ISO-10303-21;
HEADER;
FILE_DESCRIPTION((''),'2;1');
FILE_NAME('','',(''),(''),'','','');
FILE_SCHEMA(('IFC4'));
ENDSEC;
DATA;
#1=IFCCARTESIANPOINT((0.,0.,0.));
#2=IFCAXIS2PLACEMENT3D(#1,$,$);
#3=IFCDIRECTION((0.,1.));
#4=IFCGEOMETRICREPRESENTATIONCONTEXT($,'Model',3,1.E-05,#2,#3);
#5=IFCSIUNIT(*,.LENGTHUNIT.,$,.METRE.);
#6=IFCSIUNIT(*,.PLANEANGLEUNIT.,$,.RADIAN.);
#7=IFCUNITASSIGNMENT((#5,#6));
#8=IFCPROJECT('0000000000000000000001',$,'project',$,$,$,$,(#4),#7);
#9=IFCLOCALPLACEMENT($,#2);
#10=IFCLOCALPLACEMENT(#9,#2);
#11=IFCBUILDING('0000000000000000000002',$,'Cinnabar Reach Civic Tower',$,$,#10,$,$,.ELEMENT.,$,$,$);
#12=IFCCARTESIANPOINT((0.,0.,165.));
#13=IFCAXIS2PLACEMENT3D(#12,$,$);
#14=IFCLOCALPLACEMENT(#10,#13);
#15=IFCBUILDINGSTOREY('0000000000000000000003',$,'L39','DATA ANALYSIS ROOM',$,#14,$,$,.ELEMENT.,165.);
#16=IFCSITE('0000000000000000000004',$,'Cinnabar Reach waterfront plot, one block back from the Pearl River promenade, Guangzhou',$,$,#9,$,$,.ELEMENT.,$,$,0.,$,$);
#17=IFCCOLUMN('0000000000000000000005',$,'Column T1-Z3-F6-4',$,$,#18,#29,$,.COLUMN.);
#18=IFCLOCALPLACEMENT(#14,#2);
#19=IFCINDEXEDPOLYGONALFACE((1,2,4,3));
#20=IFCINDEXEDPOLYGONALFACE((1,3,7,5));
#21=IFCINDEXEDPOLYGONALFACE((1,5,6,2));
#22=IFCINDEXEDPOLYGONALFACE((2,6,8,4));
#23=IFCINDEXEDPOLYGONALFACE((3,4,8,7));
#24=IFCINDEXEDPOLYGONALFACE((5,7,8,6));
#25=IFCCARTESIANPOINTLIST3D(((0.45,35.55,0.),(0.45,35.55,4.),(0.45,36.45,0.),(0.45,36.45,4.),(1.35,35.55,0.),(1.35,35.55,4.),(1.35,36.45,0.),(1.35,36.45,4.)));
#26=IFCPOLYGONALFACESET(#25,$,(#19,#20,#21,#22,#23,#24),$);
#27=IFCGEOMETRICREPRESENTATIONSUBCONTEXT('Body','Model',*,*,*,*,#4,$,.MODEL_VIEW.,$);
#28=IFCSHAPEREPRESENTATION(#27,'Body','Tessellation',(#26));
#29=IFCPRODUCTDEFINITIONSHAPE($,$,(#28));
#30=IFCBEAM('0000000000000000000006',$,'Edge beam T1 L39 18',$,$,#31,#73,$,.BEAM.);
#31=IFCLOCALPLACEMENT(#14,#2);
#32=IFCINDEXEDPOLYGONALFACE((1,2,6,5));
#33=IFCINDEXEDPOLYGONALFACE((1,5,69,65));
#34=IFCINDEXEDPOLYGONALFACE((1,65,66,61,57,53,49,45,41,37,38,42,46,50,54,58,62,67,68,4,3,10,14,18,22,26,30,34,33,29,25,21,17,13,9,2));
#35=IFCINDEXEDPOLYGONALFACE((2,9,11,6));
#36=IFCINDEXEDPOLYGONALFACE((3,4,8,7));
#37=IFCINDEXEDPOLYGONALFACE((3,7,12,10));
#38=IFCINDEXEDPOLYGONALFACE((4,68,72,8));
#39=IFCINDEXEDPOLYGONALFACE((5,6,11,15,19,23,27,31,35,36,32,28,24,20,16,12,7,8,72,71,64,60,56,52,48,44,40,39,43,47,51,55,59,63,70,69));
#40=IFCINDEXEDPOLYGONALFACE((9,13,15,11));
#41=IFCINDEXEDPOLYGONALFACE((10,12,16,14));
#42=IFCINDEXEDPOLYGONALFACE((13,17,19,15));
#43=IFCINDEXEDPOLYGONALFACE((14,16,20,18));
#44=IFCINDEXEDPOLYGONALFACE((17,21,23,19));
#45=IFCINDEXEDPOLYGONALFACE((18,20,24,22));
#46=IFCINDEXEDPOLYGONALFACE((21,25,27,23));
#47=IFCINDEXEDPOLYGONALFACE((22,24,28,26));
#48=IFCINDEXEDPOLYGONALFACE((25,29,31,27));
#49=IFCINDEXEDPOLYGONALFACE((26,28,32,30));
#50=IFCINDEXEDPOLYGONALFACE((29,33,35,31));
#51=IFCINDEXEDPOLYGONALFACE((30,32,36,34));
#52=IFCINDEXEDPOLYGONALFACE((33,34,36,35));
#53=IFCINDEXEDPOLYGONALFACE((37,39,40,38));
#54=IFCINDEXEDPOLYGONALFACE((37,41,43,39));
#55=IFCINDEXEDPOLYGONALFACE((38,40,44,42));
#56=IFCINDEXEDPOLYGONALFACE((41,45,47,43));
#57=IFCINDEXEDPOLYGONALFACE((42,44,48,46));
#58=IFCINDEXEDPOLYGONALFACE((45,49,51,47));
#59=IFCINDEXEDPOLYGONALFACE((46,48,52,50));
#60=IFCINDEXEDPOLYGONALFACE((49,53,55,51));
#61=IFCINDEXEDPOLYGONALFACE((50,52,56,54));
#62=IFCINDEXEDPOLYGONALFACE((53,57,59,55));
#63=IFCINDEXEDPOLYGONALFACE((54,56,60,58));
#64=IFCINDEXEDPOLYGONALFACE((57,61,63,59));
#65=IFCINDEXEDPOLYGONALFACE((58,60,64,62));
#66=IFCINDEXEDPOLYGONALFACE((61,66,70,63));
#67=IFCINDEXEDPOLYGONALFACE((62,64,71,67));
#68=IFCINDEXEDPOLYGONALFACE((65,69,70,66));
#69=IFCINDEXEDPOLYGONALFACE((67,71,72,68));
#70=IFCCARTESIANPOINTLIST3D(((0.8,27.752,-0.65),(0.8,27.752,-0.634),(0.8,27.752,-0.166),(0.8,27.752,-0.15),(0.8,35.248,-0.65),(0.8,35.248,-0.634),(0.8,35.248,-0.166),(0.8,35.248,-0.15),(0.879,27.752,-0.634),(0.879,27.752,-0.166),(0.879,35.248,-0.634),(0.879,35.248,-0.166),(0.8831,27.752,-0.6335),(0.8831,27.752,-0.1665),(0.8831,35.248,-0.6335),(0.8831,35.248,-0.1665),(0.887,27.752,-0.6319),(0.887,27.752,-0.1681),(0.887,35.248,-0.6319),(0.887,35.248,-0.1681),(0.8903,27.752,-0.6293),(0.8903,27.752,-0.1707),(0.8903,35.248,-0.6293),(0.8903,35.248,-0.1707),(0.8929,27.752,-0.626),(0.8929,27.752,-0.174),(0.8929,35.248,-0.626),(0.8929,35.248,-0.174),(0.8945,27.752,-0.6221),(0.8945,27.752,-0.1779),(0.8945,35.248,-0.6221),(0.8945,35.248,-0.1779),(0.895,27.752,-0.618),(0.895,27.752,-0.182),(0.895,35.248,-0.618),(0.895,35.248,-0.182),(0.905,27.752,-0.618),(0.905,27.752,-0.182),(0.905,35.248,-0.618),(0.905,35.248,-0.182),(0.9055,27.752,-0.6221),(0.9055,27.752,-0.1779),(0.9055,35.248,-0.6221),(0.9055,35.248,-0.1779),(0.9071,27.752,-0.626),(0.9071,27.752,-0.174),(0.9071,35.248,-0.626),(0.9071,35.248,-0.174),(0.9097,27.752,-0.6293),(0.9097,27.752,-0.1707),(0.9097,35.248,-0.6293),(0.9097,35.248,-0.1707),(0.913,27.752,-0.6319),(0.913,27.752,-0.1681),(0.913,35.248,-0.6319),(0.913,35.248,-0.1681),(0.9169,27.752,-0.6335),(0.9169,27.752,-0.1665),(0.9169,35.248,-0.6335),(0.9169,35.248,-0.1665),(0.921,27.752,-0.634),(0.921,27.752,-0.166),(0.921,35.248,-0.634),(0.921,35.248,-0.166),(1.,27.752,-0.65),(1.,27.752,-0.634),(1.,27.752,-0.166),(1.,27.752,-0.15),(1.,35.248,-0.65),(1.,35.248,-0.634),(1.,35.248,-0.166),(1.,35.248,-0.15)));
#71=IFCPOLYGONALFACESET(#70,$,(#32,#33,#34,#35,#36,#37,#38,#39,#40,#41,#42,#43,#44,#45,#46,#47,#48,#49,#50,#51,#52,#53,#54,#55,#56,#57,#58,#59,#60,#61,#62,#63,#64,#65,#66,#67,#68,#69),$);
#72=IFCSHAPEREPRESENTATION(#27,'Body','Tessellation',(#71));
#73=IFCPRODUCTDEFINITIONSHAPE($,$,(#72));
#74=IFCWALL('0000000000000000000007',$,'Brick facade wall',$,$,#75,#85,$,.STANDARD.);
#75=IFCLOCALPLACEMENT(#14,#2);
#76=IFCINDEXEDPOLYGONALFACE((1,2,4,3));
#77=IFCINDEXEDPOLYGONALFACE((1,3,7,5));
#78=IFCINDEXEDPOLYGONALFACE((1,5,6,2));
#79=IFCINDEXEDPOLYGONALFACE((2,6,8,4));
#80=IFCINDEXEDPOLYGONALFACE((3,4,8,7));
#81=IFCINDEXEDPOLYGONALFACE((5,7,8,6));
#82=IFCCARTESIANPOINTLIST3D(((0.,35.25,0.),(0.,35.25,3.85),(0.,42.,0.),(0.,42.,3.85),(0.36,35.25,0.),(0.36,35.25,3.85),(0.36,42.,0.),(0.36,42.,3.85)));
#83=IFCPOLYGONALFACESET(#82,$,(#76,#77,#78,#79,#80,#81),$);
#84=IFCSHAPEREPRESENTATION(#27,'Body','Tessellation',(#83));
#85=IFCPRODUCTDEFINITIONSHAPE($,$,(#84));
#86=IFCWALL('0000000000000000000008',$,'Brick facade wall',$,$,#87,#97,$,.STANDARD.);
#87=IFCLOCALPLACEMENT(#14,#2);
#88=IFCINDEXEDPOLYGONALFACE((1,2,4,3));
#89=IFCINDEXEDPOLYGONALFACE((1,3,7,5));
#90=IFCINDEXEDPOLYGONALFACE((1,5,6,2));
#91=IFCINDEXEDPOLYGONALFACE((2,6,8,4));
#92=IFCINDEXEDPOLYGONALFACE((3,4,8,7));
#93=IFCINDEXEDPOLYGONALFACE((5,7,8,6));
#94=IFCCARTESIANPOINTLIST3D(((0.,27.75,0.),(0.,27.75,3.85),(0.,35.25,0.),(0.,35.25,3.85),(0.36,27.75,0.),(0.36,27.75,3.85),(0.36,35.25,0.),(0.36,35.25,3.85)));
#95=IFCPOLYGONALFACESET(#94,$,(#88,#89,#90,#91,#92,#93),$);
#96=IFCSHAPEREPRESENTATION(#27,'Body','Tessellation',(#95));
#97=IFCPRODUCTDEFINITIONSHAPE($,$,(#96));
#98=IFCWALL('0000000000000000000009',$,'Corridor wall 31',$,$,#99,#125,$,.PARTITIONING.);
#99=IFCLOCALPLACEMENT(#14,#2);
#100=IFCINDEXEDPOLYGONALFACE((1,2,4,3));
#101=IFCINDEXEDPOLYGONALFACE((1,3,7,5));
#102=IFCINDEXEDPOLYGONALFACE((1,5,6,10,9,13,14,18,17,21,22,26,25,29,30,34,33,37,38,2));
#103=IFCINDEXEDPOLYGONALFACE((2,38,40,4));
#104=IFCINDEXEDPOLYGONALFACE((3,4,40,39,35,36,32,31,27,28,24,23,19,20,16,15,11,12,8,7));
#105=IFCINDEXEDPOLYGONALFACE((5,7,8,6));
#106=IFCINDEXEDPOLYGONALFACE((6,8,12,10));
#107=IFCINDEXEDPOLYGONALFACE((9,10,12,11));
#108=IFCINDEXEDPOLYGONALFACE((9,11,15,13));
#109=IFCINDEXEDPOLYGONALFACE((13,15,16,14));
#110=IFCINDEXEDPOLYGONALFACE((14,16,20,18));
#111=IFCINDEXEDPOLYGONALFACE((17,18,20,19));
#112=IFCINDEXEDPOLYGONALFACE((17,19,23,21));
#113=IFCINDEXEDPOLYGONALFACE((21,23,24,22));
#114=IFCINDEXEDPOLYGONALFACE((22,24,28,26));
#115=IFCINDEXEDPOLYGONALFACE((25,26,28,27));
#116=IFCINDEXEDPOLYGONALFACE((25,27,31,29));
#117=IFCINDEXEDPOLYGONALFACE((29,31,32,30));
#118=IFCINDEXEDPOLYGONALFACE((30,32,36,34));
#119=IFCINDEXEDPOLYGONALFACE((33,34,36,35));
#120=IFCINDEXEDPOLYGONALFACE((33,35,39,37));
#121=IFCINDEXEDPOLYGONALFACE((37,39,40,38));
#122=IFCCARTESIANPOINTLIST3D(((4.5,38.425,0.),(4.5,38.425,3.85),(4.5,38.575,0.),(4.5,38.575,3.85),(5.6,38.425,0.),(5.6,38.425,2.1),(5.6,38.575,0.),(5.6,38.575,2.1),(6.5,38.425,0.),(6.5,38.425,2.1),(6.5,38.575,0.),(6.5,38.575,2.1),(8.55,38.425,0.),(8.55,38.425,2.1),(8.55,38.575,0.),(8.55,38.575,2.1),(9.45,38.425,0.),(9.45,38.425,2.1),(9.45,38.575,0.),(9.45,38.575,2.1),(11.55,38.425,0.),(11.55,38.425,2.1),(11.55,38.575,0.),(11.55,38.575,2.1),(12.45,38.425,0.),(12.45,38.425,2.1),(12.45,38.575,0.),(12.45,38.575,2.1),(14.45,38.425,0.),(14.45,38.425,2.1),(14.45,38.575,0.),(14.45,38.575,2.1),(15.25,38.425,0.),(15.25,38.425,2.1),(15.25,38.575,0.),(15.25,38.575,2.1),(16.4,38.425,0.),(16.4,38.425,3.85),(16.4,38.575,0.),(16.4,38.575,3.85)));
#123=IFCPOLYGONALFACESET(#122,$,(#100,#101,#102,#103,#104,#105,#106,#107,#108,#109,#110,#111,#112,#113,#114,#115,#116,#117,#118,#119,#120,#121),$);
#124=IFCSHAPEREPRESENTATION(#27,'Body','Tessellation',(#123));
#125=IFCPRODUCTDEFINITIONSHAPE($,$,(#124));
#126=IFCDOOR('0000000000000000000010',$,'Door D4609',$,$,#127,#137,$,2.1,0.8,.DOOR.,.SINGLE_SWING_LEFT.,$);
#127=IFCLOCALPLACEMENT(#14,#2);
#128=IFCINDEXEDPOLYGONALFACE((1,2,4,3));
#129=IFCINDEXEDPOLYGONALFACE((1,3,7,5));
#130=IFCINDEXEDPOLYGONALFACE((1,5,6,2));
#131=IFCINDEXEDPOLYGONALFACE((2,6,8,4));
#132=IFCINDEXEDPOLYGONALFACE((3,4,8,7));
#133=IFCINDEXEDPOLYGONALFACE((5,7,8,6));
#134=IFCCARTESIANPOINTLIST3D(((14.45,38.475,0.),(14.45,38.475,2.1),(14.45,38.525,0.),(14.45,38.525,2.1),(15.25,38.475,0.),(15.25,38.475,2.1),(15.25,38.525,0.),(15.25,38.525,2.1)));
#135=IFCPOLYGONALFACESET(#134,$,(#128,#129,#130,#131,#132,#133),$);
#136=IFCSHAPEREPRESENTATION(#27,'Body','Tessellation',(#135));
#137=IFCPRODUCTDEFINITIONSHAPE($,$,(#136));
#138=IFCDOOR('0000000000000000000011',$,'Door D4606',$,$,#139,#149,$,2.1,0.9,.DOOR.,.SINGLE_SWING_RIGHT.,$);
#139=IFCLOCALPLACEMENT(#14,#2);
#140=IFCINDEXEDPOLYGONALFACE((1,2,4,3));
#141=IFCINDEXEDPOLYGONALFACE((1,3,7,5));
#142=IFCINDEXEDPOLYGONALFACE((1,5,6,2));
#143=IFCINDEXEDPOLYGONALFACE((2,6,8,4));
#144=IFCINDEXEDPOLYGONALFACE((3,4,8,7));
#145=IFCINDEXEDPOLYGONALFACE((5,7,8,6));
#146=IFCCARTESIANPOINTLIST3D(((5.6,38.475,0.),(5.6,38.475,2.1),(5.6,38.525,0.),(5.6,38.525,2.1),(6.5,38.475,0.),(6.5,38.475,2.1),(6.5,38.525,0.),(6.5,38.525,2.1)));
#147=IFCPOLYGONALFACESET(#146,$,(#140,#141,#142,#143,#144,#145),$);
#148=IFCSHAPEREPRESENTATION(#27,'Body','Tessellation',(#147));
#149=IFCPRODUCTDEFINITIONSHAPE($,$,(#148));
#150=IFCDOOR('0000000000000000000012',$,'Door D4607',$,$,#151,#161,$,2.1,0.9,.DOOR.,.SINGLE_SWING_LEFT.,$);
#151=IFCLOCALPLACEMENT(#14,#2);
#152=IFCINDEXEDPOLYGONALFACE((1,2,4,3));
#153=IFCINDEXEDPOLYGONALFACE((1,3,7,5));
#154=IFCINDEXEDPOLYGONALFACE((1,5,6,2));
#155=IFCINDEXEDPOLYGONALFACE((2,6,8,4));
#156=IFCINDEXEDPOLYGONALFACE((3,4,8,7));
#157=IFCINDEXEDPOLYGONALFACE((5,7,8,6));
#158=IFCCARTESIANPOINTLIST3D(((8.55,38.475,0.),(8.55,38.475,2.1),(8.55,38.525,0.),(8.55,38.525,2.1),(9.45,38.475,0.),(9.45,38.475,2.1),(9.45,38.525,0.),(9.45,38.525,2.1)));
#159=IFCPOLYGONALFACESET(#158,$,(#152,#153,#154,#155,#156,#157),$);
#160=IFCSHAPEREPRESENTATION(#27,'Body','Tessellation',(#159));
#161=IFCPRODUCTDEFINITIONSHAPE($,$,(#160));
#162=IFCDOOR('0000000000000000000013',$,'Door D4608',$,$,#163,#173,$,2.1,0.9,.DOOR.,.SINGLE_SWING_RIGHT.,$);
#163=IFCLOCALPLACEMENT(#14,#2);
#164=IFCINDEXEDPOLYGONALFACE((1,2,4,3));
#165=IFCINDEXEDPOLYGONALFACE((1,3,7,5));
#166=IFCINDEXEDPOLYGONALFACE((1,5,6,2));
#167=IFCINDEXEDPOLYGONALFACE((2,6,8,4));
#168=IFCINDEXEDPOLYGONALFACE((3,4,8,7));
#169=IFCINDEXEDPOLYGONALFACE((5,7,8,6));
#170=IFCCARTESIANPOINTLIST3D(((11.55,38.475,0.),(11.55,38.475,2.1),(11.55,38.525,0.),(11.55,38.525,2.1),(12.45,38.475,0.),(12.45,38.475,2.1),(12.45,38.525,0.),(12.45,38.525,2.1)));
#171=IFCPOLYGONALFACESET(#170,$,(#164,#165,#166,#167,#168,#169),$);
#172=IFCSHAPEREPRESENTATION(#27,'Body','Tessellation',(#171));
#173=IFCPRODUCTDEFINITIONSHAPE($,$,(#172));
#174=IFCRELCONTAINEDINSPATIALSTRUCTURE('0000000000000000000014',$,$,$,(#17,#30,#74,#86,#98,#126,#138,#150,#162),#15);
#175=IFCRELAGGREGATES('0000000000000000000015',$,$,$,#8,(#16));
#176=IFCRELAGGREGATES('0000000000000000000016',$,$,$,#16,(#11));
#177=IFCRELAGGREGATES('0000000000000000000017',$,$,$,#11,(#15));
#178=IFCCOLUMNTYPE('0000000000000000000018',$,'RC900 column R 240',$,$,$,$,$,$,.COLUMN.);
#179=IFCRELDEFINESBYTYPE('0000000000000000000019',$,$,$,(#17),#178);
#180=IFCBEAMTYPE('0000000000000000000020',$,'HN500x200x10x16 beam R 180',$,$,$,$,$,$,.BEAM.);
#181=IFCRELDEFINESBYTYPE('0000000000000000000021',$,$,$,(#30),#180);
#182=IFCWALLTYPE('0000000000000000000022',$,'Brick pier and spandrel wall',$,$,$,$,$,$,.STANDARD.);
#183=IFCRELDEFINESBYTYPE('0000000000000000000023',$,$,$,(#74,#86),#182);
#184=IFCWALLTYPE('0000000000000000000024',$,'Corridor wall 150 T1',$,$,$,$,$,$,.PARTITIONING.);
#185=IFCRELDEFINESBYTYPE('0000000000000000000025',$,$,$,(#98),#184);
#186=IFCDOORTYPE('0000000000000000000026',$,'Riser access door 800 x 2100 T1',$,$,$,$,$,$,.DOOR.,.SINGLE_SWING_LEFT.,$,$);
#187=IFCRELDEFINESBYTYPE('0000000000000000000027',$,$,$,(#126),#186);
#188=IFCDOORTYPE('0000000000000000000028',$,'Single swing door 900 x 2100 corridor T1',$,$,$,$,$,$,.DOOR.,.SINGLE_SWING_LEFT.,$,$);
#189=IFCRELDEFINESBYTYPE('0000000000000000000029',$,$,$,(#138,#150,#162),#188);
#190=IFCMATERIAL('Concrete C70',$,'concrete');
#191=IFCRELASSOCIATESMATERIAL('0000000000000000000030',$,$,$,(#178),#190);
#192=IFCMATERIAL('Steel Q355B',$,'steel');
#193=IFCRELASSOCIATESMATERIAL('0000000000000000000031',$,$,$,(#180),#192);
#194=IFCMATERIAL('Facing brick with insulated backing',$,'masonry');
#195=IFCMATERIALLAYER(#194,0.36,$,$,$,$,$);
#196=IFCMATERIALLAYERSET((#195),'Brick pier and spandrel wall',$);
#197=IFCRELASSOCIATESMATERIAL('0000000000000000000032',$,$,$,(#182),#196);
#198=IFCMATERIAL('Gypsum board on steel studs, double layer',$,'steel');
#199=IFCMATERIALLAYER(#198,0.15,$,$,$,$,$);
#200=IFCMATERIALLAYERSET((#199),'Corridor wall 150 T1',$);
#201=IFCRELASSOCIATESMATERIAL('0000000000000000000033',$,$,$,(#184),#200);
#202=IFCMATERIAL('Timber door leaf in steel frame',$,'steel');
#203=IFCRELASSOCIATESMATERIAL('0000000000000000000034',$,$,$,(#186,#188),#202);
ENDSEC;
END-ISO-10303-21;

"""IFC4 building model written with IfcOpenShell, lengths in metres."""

from ifc_helpers import new_model, si_unit, direction, frame, frame_2d, origin, origin_2d, place, context, subcontext, project, spatial, rectangle, i_section, extrude, material, layer, layer_set, material_profile, profile_set, type_object, element, fill, save


model = new_model("IFC4")

# Units and contexts
model_context = context("Model", 3, precision=1e-05, world=origin(), true_north=direction((0.0, 1.0)))
body_context = subcontext(model_context, "Body", "Model", "MODEL_VIEW")
ifc_project = project(units=[si_unit("LENGTHUNIT", "METRE"), si_unit("PLANEANGLEUNIT", "RADIAN")], contexts=[model_context])

# Site, building, storey
site_placement = place(None, origin())
site = spatial("IfcSite", under=ifc_project, at=site_placement, Name="Cinnabar Reach waterfront plot, one block back from the Pearl River promenade, Guangzhou", CompositionType="ELEMENT", RefElevation=0.0)
building_placement = place(site_placement, origin())
building = spatial("IfcBuilding", under=site, at=building_placement, Name="Cinnabar Reach Civic Tower", CompositionType="ELEMENT")
storey_placement = place(building_placement, frame((0.0, 0.0, 165.0)))
storey = spatial("IfcBuildingStorey", under=building, at=storey_placement, Name="L39", Description="DATA ANALYSIS ROOM", CompositionType="ELEMENT", Elevation=165.0)

# Column
ifc_material_1 = material(Name="Concrete C70", Category="concrete")
ifc_material_profile_1 = material_profile(ifc_material_1, rectangle(XDim=0.9, YDim=0.9, at=origin_2d()), Name="RC900")
ifc_profile_set_1 = profile_set([ifc_material_profile_1], Name="Concrete C70")
column_type = type_object("IfcColumnType", Name="RC900 column R 240", PredefinedType="COLUMN", material=ifc_profile_set_1)
column_placement = place(storey_placement, frame((0.9, 36.0, 0.0), z_axis=(0.0, 0.0, 1.0), x_axis=(1.0, 0.0, 0.0)))
element("IfcColumn", 1, at=column_placement, inside=storey, type_object=column_type, Name="Column T1-Z3-F6-4", PredefinedType="COLUMN", context=body_context, shape_type="SweptSolid", body=[
    extrude(rectangle(XDim=0.9, YDim=0.9, at=origin_2d()), origin(), (0.0, 0.0, 1.0), 4.0),
])

# Beam
ifc_material_2 = material(Name="Steel Q355B", Category="steel")
ifc_material_profile_2 = material_profile(ifc_material_2, i_section(OverallWidth=0.2, OverallDepth=0.5, WebThickness=0.01, FlangeThickness=0.016, FilletRadius=0.016, at=origin_2d()), Name="HN500x200x10x16")
ifc_profile_set_2 = profile_set([ifc_material_profile_2], Name="Steel Q355B")
beam_type = type_object("IfcBeamType", Name="HN500x200x10x16 beam R 180", PredefinedType="BEAM", material=ifc_profile_set_2)
beam_placement = place(storey_placement, frame((0.9, 35.248, -0.4), z_axis=(0.0, -1.0, 0.0), x_axis=(1.0, 0.0, 0.0)))
element("IfcBeam", 2, at=beam_placement, inside=storey, type_object=beam_type, Name="Edge beam T1 L39 18", PredefinedType="BEAM", context=body_context, shape_type="SweptSolid", body=[
    extrude(i_section(OverallWidth=0.2, OverallDepth=0.5, WebThickness=0.01, FlangeThickness=0.016, FilletRadius=0.016, at=origin_2d()), origin(), (0.0, 0.0, 1.0), 7.496),
])

# Walls
ifc_material_3 = material(Name="Facing brick with insulated backing", Category="masonry")
ifc_layer_1 = layer(ifc_material_3, 0.36)
ifc_layer_set_1 = layer_set([ifc_layer_1], Name="Brick pier and spandrel wall")
wall_type_1 = type_object("IfcWallType", Name="Brick pier and spandrel wall", PredefinedType="STANDARD", material=ifc_layer_set_1)
wall_1_placement = place(storey_placement, frame((0.18, 42.0, 0.0), z_axis=(0.0, 0.0, 1.0), x_axis=(0.0, -1.0, 0.0)))
element("IfcWall", 3, at=wall_1_placement, inside=storey, type_object=wall_type_1, Name="Brick facade wall", PredefinedType="STANDARD", context=body_context, shape_type="SweptSolid", body=[
    extrude(rectangle(XDim=6.75, YDim=0.36, at=frame_2d((3.375, 0.0))), origin(), (0.0, 0.0, 1.0), 3.85),
])
wall_2_placement = place(storey_placement, frame((0.18, 35.25, 0.0), z_axis=(0.0, 0.0, 1.0), x_axis=(0.0, -1.0, 0.0)))
element("IfcWall", 4, at=wall_2_placement, inside=storey, type_object=wall_type_1, Name="Brick facade wall", PredefinedType="STANDARD", context=body_context, shape_type="SweptSolid", body=[
    extrude(rectangle(XDim=7.5, YDim=0.36, at=frame_2d((3.75, 0.0))), origin(), (0.0, 0.0, 1.0), 3.85),
])

# Wall, openings, doors
ifc_material_4 = material(Name="Gypsum board on steel studs, double layer", Category="steel")
ifc_layer_2 = layer(ifc_material_4, 0.15)
ifc_layer_set_2 = layer_set([ifc_layer_2], Name="Corridor wall 150 T1")
wall_type_2 = type_object("IfcWallType", Name="Corridor wall 150 T1", PredefinedType="PARTITIONING", material=ifc_layer_set_2)
wall_3_placement = place(storey_placement, frame((4.5, 38.5, 0.0), z_axis=(0.0, 0.0, 1.0), x_axis=(1.0, 0.0, 0.0)))
wall_3 = element("IfcWall", 5, at=wall_3_placement, inside=storey, type_object=wall_type_2, Name="Corridor wall 31", PredefinedType="PARTITIONING", context=body_context, shape_type="SweptSolid", body=[
    extrude(rectangle(XDim=11.9, YDim=0.15, at=frame_2d((5.95, 0.0))), origin(), (0.0, 0.0, 1.0), 3.85),
])
opening_1_placement = place(wall_3_placement, frame((1.1, 0.0, 0.0)))
opening_1 = element("IfcOpeningElement", 6, at=opening_1_placement, cuts=wall_3, PredefinedType="OPENING", context=body_context, shape_type="SweptSolid", body=[
    extrude(rectangle(XDim=0.9, YDim=2.1, at=frame_2d((0.45, 1.05))), frame((0.0, 0.085, 0.0), z_axis=(0.0, -1.0, 0.0), x_axis=(1.0, 0.0, 0.0)), (0.0, 0.0, 1.0), 0.17),
])
opening_2_placement = place(wall_3_placement, frame((4.05, 0.0, 0.0)))
opening_2 = element("IfcOpeningElement", 7, at=opening_2_placement, cuts=wall_3, PredefinedType="OPENING", context=body_context, shape_type="SweptSolid", body=[
    extrude(rectangle(XDim=0.9, YDim=2.1, at=frame_2d((0.45, 1.05))), frame((0.0, 0.085, 0.0), z_axis=(0.0, -1.0, 0.0), x_axis=(1.0, 0.0, 0.0)), (0.0, 0.0, 1.0), 0.17),
])
opening_3_placement = place(wall_3_placement, frame((7.05, 0.0, 0.0)))
opening_3 = element("IfcOpeningElement", 8, at=opening_3_placement, cuts=wall_3, PredefinedType="OPENING", context=body_context, shape_type="SweptSolid", body=[
    extrude(rectangle(XDim=0.9, YDim=2.1, at=frame_2d((0.45, 1.05))), frame((0.0, 0.085, 0.0), z_axis=(0.0, -1.0, 0.0), x_axis=(1.0, 0.0, 0.0)), (0.0, 0.0, 1.0), 0.17),
])
opening_4_placement = place(wall_3_placement, frame((9.95, 0.0, 0.0)))
opening_4 = element("IfcOpeningElement", 9, at=opening_4_placement, cuts=wall_3, PredefinedType="OPENING", context=body_context, shape_type="SweptSolid", body=[
    extrude(rectangle(XDim=0.8, YDim=2.1, at=frame_2d((0.4, 1.05))), frame((0.0, 0.085, 0.0), z_axis=(0.0, -1.0, 0.0), x_axis=(1.0, 0.0, 0.0)), (0.0, 0.0, 1.0), 0.17),
])
ifc_material_5 = material(Name="Timber door leaf in steel frame", Category="steel")
door_type_1 = type_object("IfcDoorType", Name="Riser access door 800 x 2100 T1", OperationType="SINGLE_SWING_LEFT", PredefinedType="DOOR", material=ifc_material_5)
door_1_placement = place(opening_4_placement, origin())
door_1 = element("IfcDoor", 10, at=door_1_placement, inside=storey, type_object=door_type_1, Name="Door D4609", OperationType="SINGLE_SWING_LEFT", OverallHeight=2.1, OverallWidth=0.8, PredefinedType="DOOR", context=body_context, shape_type="SweptSolid", body=[
    extrude(rectangle(XDim=0.8, YDim=2.1, at=frame_2d((0.4, 1.05))), frame((0.0, 0.025, 0.0), z_axis=(0.0, -1.0, 0.0), x_axis=(1.0, 0.0, 0.0)), (0.0, 0.0, 1.0), 0.05),
])
fill(opening_4, door_1)
door_type_2 = type_object("IfcDoorType", Name="Single swing door 900 x 2100 corridor T1", OperationType="SINGLE_SWING_LEFT", PredefinedType="DOOR", material=ifc_material_5)
door_2_placement = place(opening_1_placement, origin())
door_2 = element("IfcDoor", 11, at=door_2_placement, inside=storey, type_object=door_type_2, Name="Door D4606", OperationType="SINGLE_SWING_RIGHT", OverallHeight=2.1, OverallWidth=0.9, PredefinedType="DOOR", context=body_context, shape_type="SweptSolid", body=[
    extrude(rectangle(XDim=0.9, YDim=2.1, at=frame_2d((0.45, 1.05))), frame((0.0, 0.025, 0.0), z_axis=(0.0, -1.0, 0.0), x_axis=(1.0, 0.0, 0.0)), (0.0, 0.0, 1.0), 0.05),
])
fill(opening_1, door_2)
door_3_placement = place(opening_2_placement, origin())
door_3 = element("IfcDoor", 12, at=door_3_placement, inside=storey, type_object=door_type_2, Name="Door D4607", OperationType="SINGLE_SWING_LEFT", OverallHeight=2.1, OverallWidth=0.9, PredefinedType="DOOR", context=body_context, shape_type="SweptSolid", body=[
    extrude(rectangle(XDim=0.9, YDim=2.1, at=frame_2d((0.45, 1.05))), frame((0.0, 0.025, 0.0), z_axis=(0.0, -1.0, 0.0), x_axis=(1.0, 0.0, 0.0)), (0.0, 0.0, 1.0), 0.05),
])
fill(opening_2, door_3)
door_4_placement = place(opening_3_placement, origin())
door_4 = element("IfcDoor", 13, at=door_4_placement, inside=storey, type_object=door_type_2, Name="Door D4608", OperationType="SINGLE_SWING_RIGHT", OverallHeight=2.1, OverallWidth=0.9, PredefinedType="DOOR", context=body_context, shape_type="SweptSolid", body=[
    extrude(rectangle(XDim=0.9, YDim=2.1, at=frame_2d((0.45, 1.05))), frame((0.0, 0.025, 0.0), z_axis=(0.0, -1.0, 0.0), x_axis=(1.0, 0.0, 0.0)), (0.0, 0.0, 1.0), 0.05),
])
fill(opening_3, door_4)

save(model, "model.ifc")
